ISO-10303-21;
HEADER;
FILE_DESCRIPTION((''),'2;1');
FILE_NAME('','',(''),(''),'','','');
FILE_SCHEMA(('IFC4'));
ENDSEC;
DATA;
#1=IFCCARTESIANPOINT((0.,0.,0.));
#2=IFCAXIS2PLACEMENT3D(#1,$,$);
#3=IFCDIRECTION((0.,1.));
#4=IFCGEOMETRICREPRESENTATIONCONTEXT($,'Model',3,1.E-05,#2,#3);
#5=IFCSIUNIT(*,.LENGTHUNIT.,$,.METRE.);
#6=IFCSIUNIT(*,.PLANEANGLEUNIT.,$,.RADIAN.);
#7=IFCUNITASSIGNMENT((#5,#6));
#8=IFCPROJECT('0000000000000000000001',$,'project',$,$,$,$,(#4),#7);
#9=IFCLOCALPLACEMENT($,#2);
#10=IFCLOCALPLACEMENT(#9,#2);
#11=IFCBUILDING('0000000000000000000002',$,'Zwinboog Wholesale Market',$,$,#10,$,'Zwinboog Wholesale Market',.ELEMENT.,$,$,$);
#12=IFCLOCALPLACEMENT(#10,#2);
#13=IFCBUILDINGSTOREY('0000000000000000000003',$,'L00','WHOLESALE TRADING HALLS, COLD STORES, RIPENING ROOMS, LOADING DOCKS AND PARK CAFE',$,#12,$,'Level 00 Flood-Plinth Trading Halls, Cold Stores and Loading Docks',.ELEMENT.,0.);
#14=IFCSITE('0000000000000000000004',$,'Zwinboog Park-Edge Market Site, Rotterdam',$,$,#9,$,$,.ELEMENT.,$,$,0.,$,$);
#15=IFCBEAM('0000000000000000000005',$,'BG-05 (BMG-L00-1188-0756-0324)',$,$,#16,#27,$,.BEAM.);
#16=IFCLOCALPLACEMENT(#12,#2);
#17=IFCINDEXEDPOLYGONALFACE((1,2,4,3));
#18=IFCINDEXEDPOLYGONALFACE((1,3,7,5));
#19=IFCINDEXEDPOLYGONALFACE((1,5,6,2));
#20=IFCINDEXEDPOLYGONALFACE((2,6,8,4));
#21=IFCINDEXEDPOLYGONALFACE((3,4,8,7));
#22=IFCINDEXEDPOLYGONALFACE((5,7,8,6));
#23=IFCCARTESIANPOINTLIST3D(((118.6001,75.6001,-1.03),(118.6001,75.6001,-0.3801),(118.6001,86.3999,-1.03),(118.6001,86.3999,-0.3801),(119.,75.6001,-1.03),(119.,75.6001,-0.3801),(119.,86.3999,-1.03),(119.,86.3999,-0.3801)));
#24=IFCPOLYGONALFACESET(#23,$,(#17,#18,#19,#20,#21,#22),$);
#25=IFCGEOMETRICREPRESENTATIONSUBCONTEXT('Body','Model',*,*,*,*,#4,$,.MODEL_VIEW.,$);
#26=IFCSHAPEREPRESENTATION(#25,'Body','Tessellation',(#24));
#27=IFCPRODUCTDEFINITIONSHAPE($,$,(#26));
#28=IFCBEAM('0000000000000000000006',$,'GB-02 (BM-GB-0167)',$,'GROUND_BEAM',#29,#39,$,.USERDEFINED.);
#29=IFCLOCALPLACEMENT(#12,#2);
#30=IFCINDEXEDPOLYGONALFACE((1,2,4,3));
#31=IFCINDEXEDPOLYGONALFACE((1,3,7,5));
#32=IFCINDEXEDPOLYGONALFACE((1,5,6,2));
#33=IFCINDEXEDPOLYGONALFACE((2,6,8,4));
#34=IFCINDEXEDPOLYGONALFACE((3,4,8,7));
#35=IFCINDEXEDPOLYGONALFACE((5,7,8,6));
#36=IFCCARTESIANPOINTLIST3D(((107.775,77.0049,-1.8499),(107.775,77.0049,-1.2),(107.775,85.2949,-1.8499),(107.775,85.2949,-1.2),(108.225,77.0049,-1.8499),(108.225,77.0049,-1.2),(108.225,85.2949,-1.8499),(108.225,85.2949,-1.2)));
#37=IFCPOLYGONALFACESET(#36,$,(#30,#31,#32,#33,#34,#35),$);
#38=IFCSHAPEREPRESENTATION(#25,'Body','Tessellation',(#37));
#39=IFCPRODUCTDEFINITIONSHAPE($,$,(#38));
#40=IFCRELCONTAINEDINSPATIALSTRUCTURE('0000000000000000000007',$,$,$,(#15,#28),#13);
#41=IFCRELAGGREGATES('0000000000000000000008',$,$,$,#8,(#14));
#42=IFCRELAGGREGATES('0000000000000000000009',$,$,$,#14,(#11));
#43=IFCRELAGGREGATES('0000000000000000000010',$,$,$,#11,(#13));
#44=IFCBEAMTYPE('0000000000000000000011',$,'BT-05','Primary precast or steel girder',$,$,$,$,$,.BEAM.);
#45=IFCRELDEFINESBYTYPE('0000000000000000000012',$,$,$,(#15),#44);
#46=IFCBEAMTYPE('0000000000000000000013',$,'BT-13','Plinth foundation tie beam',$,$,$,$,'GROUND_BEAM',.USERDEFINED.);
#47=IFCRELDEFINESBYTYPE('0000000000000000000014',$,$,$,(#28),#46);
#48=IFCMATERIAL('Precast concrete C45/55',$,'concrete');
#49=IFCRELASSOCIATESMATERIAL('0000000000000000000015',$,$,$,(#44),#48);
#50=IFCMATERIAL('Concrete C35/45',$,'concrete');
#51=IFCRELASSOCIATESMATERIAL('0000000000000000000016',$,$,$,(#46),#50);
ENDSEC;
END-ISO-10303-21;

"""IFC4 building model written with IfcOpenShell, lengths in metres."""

from ifc_helpers import new_model, si_unit, direction, frame, origin, origin_2d, place, context, subcontext, project, spatial, rectangle, extrude, material, material_profile, profile_set, type_object, element, save


model = new_model("IFC4")

# Units and contexts
model_context = context("Model", 3, precision=1e-05, world=origin(), true_north=direction((0.0, 1.0)))
body_context = subcontext(model_context, "Body", "Model", "MODEL_VIEW")
ifc_project = project(units=[si_unit("LENGTHUNIT", "METRE"), si_unit("PLANEANGLEUNIT", "RADIAN")], contexts=[model_context])

# Site, building, storey
site_placement = place(None, origin())
site = spatial("IfcSite", under=ifc_project, at=site_placement, Name="Zwinboog Park-Edge Market Site, Rotterdam", CompositionType="ELEMENT", RefElevation=0.0)
building_placement = place(site_placement, origin())
building = spatial("IfcBuilding", under=site, at=building_placement, Name="Zwinboog Wholesale Market", LongName="Zwinboog Wholesale Market", CompositionType="ELEMENT")
storey_placement = place(building_placement, origin())
storey = spatial("IfcBuildingStorey", under=building, at=storey_placement, Name="L00", Description="WHOLESALE TRADING HALLS, COLD STORES, RIPENING ROOMS, LOADING DOCKS AND PARK CAFE", LongName="Level 00 Flood-Plinth Trading Halls, Cold Stores and Loading Docks", CompositionType="ELEMENT", Elevation=0.0)

# Shared definitions
ifc_material_1 = material(Name="Concrete C35/45", Category="concrete")

# Shared definitions
ifc_material_2 = material(Name="Precast concrete C45/55", Category="concrete")

# Beams
ifc_material_profile_1 = material_profile(ifc_material_2, rectangle(XDim=0.3999, YDim=0.6499, at=origin_2d()), Name="PC 400x650")
ifc_profile_set_1 = profile_set([ifc_material_profile_1], Name="Precast concrete C45/55")
beam_type_1 = type_object("IfcBeamType", Name="BT-05", Description="Primary precast or steel girder", PredefinedType="BEAM", material=ifc_profile_set_1)
for number, where, z_axis, x_axis, name in (
    (1, (118.8, 75.6001, -0.7051), (0.0, 1.0, 0.0), (-1.0, 0.0, 0.0), "BG-05 (BMG-L00-1188-0756-0324)"),
):
    element("IfcBeam", number, at=place(storey_placement, frame(where, z_axis=z_axis, x_axis=x_axis)), inside=storey, type_object=beam_type_1, Name=name, PredefinedType="BEAM", context=body_context, shape_type="SweptSolid", body=[
        extrude(rectangle(XDim=0.3999, YDim=0.6499, at=origin_2d()), origin(), (0.0, 0.0, 1.0), 10.7998),
    ])
ifc_material_profile_2 = material_profile(ifc_material_1, rectangle(XDim=0.45, YDim=0.6499, at=origin_2d()), Name="RC 450x650")
ifc_profile_set_2 = profile_set([ifc_material_profile_2], Name="Concrete C35/45")
beam_type_2 = type_object("IfcBeamType", Name="BT-13", Description="Plinth foundation tie beam", ElementType="GROUND_BEAM", PredefinedType="USERDEFINED", material=ifc_profile_set_2)
beam_placement = place(storey_placement, frame((108.0, 77.0049, -1.5249), z_axis=(0.0, 1.0, 0.0), x_axis=(-1.0, 0.0, 0.0)))
element("IfcBeam", 2, at=beam_placement, inside=storey, type_object=beam_type_2, Name="GB-02 (BM-GB-0167)", ObjectType="GROUND_BEAM", PredefinedType="USERDEFINED", context=body_context, shape_type="SweptSolid", body=[
    extrude(rectangle(XDim=0.45, YDim=0.6499, at=origin_2d()), origin(), (0.0, 0.0, 1.0), 8.29),
])

save(model, "model.ifc")
